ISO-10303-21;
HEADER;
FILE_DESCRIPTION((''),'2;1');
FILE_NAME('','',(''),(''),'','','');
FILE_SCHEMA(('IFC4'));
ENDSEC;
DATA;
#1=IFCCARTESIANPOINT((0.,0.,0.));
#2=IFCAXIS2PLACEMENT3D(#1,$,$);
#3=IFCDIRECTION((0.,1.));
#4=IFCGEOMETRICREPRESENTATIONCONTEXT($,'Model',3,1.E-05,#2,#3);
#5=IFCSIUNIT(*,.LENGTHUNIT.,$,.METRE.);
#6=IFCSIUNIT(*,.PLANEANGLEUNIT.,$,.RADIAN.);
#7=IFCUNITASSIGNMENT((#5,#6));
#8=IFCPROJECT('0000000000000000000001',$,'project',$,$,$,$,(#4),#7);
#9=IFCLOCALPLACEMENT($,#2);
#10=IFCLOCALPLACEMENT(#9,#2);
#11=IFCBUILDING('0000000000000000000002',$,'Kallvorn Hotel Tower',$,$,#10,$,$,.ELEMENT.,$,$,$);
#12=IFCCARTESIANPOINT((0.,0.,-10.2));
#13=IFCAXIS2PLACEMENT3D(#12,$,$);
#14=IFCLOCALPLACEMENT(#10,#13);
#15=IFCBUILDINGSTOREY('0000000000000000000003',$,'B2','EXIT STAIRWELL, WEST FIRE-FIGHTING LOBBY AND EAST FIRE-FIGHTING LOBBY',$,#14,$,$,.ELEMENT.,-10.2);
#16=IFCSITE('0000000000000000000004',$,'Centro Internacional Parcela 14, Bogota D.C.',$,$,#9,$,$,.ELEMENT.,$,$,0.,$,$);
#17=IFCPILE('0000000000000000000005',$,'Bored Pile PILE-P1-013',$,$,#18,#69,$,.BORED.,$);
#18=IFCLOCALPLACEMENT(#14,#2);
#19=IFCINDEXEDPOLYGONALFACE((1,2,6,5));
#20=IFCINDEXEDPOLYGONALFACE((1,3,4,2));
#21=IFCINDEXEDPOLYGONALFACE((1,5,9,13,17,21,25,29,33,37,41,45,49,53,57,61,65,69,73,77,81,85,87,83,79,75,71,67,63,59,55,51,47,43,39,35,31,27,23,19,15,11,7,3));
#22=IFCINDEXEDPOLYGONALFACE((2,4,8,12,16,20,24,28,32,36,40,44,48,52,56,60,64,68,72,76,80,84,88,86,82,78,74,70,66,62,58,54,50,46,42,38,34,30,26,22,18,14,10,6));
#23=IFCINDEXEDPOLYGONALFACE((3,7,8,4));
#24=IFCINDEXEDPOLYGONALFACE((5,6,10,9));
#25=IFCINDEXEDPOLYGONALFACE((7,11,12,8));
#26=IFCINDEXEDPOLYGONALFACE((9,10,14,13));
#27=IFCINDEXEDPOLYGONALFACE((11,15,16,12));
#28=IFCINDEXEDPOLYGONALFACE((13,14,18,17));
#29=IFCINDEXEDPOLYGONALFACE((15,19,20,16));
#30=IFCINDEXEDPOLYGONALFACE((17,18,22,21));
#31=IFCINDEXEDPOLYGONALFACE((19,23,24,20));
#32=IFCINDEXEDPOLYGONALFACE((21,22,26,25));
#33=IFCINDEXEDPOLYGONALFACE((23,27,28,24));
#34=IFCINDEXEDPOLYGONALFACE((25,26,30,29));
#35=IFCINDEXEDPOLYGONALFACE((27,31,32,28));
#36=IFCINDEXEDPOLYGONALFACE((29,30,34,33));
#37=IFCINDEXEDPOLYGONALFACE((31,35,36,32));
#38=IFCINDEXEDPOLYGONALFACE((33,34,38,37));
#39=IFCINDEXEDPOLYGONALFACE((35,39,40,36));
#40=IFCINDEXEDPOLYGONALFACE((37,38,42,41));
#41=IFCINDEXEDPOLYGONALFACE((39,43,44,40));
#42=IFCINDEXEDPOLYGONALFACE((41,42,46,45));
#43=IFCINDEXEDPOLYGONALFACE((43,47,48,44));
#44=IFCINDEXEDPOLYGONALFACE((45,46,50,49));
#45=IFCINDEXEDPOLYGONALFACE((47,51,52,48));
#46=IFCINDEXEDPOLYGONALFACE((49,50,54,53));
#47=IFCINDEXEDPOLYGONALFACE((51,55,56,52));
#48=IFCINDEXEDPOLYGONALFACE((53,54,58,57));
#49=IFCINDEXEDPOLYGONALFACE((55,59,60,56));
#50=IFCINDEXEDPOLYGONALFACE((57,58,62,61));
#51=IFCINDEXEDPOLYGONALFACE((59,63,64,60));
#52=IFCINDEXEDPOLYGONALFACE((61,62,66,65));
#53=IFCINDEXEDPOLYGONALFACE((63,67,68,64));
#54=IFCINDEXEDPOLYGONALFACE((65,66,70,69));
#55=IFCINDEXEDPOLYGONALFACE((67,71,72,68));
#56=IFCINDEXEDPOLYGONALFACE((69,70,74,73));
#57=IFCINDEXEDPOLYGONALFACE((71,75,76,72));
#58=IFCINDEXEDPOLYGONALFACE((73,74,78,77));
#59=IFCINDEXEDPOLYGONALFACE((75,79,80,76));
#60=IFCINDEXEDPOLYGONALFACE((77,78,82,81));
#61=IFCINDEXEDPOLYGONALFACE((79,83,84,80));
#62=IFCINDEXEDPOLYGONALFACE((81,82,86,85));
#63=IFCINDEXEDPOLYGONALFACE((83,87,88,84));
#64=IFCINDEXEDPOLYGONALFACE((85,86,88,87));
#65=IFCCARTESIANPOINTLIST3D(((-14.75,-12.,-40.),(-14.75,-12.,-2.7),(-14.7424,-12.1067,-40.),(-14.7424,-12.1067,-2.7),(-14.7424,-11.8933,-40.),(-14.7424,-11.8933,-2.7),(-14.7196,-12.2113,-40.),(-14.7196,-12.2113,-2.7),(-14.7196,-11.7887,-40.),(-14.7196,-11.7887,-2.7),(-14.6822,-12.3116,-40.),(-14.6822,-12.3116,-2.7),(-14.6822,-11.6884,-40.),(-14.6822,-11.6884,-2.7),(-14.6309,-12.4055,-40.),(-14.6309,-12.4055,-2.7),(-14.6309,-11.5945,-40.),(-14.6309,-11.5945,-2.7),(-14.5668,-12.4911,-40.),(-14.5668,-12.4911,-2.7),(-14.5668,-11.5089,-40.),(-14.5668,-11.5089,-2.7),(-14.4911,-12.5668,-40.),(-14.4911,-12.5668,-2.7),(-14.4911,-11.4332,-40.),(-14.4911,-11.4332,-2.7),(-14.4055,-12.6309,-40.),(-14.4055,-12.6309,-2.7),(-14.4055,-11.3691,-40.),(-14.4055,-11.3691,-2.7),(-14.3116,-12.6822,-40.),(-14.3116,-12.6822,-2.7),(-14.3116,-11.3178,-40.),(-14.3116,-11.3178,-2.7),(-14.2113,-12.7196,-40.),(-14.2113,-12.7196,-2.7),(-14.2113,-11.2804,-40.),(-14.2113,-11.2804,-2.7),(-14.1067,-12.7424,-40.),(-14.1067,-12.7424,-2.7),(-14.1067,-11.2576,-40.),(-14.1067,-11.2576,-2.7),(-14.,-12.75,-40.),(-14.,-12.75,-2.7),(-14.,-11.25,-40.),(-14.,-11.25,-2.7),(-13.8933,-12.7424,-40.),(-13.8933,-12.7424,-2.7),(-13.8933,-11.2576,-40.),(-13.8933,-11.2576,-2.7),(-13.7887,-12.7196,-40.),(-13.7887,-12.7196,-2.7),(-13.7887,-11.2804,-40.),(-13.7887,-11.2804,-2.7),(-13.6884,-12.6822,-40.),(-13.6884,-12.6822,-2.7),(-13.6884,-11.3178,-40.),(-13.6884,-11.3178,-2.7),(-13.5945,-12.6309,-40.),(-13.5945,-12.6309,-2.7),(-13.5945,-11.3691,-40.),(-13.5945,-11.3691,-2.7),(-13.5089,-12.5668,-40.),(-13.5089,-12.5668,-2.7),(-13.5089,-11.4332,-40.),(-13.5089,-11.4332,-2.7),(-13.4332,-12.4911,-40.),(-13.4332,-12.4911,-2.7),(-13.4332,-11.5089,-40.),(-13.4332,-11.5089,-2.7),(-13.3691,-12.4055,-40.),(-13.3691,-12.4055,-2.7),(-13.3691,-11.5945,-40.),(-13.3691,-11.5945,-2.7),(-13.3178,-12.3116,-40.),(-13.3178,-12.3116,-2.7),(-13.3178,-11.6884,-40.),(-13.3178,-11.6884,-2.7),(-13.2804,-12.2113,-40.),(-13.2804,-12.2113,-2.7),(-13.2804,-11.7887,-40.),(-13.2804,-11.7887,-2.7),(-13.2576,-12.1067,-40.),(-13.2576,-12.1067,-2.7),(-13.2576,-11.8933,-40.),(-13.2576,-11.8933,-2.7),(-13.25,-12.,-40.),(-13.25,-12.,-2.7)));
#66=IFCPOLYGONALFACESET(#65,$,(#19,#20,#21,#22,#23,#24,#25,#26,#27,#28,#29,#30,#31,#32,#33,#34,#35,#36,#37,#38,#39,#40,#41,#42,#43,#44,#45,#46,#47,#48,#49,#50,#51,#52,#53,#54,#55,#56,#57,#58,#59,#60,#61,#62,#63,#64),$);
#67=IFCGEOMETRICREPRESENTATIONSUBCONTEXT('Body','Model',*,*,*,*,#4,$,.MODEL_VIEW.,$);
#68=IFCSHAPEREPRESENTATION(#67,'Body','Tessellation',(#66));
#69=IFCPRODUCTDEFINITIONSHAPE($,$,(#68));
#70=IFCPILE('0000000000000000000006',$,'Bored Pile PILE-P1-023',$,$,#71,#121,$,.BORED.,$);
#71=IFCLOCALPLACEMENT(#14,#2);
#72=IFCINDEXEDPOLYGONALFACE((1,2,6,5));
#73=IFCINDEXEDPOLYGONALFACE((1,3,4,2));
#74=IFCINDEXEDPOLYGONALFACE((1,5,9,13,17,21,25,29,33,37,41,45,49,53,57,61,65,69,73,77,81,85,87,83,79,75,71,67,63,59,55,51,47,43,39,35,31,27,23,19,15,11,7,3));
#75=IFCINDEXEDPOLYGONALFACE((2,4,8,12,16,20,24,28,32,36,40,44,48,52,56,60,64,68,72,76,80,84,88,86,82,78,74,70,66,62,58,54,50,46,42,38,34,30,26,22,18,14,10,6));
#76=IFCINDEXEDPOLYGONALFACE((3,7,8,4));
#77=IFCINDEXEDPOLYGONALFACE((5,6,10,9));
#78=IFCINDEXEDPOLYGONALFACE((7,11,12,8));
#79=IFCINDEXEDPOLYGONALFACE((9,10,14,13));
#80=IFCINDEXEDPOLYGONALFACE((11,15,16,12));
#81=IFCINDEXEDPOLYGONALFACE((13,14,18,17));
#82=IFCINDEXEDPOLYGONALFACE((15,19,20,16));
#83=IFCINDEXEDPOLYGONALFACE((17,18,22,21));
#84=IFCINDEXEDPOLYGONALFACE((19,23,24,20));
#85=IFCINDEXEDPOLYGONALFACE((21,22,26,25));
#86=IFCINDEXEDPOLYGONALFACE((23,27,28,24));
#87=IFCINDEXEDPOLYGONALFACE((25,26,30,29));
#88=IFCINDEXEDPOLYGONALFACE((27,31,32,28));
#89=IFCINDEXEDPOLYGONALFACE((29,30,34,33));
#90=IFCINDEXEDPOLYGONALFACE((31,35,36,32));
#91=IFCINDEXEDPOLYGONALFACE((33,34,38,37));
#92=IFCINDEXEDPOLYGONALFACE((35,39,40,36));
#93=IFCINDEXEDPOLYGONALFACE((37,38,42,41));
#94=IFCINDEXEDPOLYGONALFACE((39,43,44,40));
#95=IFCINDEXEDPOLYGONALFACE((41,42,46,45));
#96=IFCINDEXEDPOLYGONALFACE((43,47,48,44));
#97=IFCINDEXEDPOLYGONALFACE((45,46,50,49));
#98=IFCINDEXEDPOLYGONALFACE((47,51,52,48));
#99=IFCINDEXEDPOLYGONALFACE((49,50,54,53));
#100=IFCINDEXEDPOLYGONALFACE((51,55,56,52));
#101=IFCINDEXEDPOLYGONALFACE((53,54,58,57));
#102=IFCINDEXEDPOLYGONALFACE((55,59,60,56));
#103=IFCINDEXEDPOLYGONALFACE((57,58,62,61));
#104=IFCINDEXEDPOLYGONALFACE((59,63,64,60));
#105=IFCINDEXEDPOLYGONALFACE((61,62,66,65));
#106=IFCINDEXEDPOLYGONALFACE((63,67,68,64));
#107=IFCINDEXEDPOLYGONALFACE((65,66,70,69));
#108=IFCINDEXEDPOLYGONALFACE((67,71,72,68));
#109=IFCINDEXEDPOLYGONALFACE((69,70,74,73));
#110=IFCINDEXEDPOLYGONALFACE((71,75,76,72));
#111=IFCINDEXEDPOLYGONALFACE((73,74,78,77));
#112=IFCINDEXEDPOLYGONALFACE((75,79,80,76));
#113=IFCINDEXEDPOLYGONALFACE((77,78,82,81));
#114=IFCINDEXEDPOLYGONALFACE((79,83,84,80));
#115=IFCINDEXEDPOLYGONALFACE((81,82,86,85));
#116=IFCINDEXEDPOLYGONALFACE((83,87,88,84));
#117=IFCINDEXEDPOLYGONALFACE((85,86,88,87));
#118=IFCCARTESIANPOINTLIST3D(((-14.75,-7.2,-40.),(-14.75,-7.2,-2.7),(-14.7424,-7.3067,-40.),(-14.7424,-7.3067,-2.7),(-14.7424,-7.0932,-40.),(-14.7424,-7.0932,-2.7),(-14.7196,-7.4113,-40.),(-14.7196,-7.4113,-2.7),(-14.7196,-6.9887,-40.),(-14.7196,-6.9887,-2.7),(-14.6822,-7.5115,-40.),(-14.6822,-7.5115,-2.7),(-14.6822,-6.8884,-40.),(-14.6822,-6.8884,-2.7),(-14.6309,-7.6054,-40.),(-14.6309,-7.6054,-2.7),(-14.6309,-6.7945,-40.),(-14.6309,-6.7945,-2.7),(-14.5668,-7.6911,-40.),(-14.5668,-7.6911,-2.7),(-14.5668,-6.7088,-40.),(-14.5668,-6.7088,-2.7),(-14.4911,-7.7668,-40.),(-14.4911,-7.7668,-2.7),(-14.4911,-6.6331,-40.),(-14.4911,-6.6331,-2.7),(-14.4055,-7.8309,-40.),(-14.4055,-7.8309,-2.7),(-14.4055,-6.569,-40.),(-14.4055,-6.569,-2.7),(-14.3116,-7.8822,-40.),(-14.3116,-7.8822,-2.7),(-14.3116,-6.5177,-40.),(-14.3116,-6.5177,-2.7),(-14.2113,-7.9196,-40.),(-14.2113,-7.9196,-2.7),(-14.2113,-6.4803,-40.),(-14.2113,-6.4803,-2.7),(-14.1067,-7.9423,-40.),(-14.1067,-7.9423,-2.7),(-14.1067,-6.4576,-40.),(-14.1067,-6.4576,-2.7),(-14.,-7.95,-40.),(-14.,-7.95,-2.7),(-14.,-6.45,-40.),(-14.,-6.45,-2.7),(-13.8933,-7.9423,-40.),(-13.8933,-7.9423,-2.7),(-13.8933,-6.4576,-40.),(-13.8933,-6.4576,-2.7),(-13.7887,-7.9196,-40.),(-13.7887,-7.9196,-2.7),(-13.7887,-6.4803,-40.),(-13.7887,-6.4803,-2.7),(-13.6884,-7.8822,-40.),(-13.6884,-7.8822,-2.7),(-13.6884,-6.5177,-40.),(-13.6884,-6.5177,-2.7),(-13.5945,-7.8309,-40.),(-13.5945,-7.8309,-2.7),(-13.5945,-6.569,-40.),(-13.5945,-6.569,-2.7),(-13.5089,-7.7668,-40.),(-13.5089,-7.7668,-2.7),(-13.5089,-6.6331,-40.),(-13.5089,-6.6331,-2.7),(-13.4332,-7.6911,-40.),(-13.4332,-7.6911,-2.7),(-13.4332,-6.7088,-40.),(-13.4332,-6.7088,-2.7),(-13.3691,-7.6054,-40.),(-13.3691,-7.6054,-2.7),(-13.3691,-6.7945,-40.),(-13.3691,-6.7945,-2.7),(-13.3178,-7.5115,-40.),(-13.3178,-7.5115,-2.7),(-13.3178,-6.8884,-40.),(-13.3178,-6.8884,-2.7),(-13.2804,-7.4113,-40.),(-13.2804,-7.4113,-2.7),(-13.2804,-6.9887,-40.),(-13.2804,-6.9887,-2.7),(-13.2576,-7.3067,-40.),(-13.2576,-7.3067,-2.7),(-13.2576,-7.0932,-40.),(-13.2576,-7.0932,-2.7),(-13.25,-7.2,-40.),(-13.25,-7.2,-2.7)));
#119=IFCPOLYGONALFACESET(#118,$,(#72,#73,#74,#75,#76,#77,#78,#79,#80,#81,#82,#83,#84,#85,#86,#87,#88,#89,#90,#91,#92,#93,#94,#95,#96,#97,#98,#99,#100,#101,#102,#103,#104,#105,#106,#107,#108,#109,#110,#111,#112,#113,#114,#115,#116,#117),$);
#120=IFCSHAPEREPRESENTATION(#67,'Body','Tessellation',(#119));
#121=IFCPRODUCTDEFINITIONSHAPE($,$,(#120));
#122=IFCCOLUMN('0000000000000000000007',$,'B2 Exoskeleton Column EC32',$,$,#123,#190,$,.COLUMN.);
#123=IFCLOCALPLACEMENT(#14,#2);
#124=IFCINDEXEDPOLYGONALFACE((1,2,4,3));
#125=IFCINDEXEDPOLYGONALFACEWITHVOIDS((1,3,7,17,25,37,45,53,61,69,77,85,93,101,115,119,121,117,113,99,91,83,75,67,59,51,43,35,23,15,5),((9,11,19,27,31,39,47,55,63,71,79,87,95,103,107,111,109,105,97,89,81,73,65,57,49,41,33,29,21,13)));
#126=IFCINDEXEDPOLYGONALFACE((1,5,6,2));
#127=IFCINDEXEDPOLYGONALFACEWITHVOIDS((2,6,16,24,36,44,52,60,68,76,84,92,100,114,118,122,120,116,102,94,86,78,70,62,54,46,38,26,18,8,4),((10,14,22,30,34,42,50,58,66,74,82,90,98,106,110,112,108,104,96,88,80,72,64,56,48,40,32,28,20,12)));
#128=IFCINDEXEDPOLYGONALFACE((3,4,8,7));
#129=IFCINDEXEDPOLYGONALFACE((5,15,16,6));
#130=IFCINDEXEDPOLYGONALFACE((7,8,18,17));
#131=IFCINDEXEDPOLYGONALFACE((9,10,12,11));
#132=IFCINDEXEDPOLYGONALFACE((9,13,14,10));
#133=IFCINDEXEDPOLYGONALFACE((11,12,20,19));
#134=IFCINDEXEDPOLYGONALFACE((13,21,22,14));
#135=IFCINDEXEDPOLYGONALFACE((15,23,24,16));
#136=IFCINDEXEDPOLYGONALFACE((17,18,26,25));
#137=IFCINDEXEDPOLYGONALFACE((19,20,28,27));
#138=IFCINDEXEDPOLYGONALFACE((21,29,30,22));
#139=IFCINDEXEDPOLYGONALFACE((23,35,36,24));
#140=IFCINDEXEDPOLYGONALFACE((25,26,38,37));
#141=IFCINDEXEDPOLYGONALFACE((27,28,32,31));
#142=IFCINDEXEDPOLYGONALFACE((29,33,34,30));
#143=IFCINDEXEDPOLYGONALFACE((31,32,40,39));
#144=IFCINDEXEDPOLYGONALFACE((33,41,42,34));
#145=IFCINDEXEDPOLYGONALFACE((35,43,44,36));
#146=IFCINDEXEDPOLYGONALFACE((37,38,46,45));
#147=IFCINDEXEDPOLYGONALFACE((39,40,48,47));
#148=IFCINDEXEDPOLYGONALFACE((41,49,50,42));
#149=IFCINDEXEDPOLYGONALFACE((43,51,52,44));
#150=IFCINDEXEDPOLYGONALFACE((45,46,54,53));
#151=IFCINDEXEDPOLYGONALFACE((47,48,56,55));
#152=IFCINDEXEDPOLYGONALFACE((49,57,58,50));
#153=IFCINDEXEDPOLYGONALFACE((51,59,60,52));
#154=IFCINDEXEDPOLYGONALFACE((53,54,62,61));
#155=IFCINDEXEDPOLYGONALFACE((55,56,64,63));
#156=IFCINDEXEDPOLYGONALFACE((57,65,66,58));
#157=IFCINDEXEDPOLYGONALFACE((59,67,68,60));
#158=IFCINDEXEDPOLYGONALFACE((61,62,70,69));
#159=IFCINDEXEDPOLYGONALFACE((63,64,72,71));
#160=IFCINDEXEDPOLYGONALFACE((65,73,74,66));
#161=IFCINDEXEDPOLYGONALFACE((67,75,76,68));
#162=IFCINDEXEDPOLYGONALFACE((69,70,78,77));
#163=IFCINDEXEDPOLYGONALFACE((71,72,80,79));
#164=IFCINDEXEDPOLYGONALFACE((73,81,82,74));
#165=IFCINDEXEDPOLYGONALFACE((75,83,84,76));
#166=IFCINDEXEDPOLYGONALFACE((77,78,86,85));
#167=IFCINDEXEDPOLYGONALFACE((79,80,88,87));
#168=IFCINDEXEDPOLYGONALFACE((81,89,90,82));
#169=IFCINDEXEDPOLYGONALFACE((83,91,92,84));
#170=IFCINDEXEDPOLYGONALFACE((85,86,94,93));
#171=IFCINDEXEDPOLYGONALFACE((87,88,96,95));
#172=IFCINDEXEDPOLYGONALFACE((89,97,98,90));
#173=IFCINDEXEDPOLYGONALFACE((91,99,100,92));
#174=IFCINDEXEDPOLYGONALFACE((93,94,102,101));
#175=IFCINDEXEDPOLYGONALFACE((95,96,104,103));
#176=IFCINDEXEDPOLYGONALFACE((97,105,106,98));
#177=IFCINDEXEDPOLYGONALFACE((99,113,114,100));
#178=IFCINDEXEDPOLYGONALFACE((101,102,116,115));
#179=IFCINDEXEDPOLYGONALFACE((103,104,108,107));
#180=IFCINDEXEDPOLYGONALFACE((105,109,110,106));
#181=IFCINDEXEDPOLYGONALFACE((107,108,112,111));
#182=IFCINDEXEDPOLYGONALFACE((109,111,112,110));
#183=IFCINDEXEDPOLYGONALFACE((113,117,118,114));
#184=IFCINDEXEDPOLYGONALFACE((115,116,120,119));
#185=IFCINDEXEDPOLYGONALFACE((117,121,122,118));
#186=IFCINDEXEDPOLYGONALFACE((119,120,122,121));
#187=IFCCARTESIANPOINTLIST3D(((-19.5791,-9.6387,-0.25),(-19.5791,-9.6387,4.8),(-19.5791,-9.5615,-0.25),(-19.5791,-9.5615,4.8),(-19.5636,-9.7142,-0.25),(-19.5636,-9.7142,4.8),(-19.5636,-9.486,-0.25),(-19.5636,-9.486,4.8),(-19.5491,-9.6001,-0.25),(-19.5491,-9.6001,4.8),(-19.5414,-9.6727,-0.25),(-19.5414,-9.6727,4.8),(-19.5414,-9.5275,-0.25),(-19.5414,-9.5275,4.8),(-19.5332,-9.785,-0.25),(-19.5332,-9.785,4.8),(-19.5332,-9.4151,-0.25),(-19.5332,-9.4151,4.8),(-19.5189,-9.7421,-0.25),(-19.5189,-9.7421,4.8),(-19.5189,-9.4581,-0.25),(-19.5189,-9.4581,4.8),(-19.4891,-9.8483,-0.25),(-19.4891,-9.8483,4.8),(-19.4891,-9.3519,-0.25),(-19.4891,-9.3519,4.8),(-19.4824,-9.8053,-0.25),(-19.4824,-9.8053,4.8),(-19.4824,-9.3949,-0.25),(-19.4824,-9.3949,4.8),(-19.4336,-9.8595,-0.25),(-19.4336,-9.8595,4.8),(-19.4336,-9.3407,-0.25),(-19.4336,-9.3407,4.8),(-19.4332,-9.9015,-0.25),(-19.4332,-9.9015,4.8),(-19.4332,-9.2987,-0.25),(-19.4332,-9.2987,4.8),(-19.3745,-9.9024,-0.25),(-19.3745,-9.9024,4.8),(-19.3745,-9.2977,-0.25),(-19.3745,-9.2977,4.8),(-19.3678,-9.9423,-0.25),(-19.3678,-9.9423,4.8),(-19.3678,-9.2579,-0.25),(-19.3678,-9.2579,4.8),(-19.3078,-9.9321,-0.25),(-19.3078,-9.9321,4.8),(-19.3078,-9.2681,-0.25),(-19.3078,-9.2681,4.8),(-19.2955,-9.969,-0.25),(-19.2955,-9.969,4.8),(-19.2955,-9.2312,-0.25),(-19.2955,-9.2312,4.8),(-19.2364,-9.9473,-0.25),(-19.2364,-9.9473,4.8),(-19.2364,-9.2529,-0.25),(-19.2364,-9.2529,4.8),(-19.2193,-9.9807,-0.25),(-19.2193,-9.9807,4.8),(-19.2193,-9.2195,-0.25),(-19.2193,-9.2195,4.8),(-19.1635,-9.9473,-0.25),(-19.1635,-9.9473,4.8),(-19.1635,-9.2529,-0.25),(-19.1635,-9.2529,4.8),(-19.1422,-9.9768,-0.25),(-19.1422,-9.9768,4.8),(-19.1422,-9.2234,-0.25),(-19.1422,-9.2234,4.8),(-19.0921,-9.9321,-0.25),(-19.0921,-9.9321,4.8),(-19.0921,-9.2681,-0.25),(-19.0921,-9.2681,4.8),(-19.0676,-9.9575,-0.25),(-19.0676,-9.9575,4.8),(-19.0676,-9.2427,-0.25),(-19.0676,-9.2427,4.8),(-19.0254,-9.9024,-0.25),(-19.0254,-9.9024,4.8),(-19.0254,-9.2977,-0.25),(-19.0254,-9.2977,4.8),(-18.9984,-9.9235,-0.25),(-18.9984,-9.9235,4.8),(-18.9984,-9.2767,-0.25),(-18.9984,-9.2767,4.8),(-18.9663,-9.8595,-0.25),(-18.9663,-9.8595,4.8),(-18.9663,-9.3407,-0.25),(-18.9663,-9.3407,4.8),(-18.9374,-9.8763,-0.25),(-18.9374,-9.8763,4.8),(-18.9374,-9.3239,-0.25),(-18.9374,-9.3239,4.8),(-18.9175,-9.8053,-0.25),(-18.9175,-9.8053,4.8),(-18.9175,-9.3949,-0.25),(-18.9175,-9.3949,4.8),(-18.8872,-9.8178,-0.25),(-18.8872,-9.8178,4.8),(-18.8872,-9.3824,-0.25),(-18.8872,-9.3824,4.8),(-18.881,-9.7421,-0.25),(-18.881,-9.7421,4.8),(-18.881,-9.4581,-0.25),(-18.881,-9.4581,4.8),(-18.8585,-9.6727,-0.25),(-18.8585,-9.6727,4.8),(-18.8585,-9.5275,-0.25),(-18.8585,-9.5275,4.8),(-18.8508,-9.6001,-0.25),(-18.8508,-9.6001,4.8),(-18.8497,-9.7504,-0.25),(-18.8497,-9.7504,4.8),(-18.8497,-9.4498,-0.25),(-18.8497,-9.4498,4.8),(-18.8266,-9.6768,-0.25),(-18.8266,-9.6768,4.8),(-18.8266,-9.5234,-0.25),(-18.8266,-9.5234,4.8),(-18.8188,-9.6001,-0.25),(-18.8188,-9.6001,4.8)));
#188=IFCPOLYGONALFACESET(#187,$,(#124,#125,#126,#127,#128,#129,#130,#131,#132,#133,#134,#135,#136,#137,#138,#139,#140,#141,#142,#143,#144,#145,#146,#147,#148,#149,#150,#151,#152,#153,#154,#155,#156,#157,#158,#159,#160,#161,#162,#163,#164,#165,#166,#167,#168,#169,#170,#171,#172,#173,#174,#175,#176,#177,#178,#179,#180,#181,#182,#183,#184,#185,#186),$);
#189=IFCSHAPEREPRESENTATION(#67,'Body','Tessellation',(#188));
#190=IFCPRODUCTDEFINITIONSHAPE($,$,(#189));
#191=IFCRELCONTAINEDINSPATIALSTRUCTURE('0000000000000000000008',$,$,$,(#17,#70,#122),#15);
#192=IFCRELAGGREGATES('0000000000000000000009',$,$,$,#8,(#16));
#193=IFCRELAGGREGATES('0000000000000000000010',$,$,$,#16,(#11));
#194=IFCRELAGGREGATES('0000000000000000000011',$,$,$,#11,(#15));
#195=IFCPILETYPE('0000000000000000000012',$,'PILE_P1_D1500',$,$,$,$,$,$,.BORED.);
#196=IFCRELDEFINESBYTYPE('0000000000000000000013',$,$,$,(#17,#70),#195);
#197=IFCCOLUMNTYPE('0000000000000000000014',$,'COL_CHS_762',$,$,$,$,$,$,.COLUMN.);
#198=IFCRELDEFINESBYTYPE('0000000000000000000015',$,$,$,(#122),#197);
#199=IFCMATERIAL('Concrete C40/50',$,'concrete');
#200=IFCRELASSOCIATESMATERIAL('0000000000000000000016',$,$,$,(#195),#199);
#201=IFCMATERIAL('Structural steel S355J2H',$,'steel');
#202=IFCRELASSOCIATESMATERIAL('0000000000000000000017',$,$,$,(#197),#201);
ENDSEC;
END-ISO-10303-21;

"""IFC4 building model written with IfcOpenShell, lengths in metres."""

from ifc_helpers import new_model, si_unit, direction, frame, origin, origin_2d, place, context, subcontext, project, spatial, circle, hollow_circle, extrude, material, material_profile, profile_set, type_object, element, save


model = new_model("IFC4")

# Units and contexts
model_context = context("Model", 3, precision=1e-05, world=origin(), true_north=direction((0.0, 1.0)))
body_context = subcontext(model_context, "Body", "Model", "MODEL_VIEW")
ifc_project = project(units=[si_unit("LENGTHUNIT", "METRE"), si_unit("PLANEANGLEUNIT", "RADIAN")], contexts=[model_context])

# Site, building, storey
site_placement = place(None, origin())
site = spatial("IfcSite", under=ifc_project, at=site_placement, Name="Centro Internacional Parcela 14, Bogota D.C.", CompositionType="ELEMENT", RefElevation=0.0)
building_placement = place(site_placement, origin())
building = spatial("IfcBuilding", under=site, at=building_placement, Name="Kallvorn Hotel Tower", CompositionType="ELEMENT")
storey_placement = place(building_placement, frame((0.0, 0.0, -10.2)))
storey = spatial("IfcBuildingStorey", under=building, at=storey_placement, Name="B2", Description="EXIT STAIRWELL, WEST FIRE-FIGHTING LOBBY AND EAST FIRE-FIGHTING LOBBY", CompositionType="ELEMENT", Elevation=-10.2)

# Piles
ifc_material_1 = material(Name="Concrete C40/50", Category="concrete")
ifc_material_profile_1 = material_profile(ifc_material_1, circle(Radius=0.75, at=origin_2d()), Name="PILE D1500")
ifc_profile_set_1 = profile_set([ifc_material_profile_1], Name="Concrete C40/50")
pile_type = type_object("IfcPileType", Name="PILE_P1_D1500", PredefinedType="BORED", material=ifc_profile_set_1)
for number, where, z_axis, x_axis, name in (
    (1, (-14.0, -12.0, -2.7), (0.0, 0.0, -1.0), (1.0, 0.0, 0.0), "Bored Pile PILE-P1-013"),
    (2, (-14.0, -7.2, -2.7), (0.0, 0.0, -1.0), (1.0, 0.0, 0.0), "Bored Pile PILE-P1-023"),
):
    element("IfcPile", number, at=place(storey_placement, frame(where, z_axis=z_axis, x_axis=x_axis)), inside=storey, type_object=pile_type, Name=name, PredefinedType="BORED", context=body_context, shape_type="SweptSolid", body=[
        extrude(circle(Radius=0.75, at=origin_2d()), origin(), (0.0, 0.0, 1.0), 37.3),
    ])

# Column
ifc_material_2 = material(Name="Structural steel S355J2H", Category="steel")
ifc_material_profile_2 = material_profile(ifc_material_2, hollow_circle(Radius=0.3811, WallThickness=0.032, at=origin_2d()), Name="CHS 762x32")
ifc_profile_set_2 = profile_set([ifc_material_profile_2], Name="Structural steel S355J2H")
column_type_1 = type_object("IfcColumnType", Name="COL_CHS_762", PredefinedType="COLUMN", material=ifc_profile_set_2)
for number, where, z_axis, x_axis, name in (
    (3, (-19.2, -9.6001, -0.25), (0.0, 0.0, 1.0), (1.0, 0.0, 0.0), "B2 Exoskeleton Column EC32"),
):
    element("IfcColumn", number, at=place(storey_placement, frame(where, z_axis=z_axis, x_axis=x_axis)), inside=storey, type_object=column_type_1, Name=name, PredefinedType="COLUMN", context=body_context, shape_type="SweptSolid", body=[
        extrude(hollow_circle(Radius=0.3811, WallThickness=0.032, at=origin_2d()), origin(), (0.0, 0.0, 1.0), 5.05),
    ])

save(model, "model.ifc")
